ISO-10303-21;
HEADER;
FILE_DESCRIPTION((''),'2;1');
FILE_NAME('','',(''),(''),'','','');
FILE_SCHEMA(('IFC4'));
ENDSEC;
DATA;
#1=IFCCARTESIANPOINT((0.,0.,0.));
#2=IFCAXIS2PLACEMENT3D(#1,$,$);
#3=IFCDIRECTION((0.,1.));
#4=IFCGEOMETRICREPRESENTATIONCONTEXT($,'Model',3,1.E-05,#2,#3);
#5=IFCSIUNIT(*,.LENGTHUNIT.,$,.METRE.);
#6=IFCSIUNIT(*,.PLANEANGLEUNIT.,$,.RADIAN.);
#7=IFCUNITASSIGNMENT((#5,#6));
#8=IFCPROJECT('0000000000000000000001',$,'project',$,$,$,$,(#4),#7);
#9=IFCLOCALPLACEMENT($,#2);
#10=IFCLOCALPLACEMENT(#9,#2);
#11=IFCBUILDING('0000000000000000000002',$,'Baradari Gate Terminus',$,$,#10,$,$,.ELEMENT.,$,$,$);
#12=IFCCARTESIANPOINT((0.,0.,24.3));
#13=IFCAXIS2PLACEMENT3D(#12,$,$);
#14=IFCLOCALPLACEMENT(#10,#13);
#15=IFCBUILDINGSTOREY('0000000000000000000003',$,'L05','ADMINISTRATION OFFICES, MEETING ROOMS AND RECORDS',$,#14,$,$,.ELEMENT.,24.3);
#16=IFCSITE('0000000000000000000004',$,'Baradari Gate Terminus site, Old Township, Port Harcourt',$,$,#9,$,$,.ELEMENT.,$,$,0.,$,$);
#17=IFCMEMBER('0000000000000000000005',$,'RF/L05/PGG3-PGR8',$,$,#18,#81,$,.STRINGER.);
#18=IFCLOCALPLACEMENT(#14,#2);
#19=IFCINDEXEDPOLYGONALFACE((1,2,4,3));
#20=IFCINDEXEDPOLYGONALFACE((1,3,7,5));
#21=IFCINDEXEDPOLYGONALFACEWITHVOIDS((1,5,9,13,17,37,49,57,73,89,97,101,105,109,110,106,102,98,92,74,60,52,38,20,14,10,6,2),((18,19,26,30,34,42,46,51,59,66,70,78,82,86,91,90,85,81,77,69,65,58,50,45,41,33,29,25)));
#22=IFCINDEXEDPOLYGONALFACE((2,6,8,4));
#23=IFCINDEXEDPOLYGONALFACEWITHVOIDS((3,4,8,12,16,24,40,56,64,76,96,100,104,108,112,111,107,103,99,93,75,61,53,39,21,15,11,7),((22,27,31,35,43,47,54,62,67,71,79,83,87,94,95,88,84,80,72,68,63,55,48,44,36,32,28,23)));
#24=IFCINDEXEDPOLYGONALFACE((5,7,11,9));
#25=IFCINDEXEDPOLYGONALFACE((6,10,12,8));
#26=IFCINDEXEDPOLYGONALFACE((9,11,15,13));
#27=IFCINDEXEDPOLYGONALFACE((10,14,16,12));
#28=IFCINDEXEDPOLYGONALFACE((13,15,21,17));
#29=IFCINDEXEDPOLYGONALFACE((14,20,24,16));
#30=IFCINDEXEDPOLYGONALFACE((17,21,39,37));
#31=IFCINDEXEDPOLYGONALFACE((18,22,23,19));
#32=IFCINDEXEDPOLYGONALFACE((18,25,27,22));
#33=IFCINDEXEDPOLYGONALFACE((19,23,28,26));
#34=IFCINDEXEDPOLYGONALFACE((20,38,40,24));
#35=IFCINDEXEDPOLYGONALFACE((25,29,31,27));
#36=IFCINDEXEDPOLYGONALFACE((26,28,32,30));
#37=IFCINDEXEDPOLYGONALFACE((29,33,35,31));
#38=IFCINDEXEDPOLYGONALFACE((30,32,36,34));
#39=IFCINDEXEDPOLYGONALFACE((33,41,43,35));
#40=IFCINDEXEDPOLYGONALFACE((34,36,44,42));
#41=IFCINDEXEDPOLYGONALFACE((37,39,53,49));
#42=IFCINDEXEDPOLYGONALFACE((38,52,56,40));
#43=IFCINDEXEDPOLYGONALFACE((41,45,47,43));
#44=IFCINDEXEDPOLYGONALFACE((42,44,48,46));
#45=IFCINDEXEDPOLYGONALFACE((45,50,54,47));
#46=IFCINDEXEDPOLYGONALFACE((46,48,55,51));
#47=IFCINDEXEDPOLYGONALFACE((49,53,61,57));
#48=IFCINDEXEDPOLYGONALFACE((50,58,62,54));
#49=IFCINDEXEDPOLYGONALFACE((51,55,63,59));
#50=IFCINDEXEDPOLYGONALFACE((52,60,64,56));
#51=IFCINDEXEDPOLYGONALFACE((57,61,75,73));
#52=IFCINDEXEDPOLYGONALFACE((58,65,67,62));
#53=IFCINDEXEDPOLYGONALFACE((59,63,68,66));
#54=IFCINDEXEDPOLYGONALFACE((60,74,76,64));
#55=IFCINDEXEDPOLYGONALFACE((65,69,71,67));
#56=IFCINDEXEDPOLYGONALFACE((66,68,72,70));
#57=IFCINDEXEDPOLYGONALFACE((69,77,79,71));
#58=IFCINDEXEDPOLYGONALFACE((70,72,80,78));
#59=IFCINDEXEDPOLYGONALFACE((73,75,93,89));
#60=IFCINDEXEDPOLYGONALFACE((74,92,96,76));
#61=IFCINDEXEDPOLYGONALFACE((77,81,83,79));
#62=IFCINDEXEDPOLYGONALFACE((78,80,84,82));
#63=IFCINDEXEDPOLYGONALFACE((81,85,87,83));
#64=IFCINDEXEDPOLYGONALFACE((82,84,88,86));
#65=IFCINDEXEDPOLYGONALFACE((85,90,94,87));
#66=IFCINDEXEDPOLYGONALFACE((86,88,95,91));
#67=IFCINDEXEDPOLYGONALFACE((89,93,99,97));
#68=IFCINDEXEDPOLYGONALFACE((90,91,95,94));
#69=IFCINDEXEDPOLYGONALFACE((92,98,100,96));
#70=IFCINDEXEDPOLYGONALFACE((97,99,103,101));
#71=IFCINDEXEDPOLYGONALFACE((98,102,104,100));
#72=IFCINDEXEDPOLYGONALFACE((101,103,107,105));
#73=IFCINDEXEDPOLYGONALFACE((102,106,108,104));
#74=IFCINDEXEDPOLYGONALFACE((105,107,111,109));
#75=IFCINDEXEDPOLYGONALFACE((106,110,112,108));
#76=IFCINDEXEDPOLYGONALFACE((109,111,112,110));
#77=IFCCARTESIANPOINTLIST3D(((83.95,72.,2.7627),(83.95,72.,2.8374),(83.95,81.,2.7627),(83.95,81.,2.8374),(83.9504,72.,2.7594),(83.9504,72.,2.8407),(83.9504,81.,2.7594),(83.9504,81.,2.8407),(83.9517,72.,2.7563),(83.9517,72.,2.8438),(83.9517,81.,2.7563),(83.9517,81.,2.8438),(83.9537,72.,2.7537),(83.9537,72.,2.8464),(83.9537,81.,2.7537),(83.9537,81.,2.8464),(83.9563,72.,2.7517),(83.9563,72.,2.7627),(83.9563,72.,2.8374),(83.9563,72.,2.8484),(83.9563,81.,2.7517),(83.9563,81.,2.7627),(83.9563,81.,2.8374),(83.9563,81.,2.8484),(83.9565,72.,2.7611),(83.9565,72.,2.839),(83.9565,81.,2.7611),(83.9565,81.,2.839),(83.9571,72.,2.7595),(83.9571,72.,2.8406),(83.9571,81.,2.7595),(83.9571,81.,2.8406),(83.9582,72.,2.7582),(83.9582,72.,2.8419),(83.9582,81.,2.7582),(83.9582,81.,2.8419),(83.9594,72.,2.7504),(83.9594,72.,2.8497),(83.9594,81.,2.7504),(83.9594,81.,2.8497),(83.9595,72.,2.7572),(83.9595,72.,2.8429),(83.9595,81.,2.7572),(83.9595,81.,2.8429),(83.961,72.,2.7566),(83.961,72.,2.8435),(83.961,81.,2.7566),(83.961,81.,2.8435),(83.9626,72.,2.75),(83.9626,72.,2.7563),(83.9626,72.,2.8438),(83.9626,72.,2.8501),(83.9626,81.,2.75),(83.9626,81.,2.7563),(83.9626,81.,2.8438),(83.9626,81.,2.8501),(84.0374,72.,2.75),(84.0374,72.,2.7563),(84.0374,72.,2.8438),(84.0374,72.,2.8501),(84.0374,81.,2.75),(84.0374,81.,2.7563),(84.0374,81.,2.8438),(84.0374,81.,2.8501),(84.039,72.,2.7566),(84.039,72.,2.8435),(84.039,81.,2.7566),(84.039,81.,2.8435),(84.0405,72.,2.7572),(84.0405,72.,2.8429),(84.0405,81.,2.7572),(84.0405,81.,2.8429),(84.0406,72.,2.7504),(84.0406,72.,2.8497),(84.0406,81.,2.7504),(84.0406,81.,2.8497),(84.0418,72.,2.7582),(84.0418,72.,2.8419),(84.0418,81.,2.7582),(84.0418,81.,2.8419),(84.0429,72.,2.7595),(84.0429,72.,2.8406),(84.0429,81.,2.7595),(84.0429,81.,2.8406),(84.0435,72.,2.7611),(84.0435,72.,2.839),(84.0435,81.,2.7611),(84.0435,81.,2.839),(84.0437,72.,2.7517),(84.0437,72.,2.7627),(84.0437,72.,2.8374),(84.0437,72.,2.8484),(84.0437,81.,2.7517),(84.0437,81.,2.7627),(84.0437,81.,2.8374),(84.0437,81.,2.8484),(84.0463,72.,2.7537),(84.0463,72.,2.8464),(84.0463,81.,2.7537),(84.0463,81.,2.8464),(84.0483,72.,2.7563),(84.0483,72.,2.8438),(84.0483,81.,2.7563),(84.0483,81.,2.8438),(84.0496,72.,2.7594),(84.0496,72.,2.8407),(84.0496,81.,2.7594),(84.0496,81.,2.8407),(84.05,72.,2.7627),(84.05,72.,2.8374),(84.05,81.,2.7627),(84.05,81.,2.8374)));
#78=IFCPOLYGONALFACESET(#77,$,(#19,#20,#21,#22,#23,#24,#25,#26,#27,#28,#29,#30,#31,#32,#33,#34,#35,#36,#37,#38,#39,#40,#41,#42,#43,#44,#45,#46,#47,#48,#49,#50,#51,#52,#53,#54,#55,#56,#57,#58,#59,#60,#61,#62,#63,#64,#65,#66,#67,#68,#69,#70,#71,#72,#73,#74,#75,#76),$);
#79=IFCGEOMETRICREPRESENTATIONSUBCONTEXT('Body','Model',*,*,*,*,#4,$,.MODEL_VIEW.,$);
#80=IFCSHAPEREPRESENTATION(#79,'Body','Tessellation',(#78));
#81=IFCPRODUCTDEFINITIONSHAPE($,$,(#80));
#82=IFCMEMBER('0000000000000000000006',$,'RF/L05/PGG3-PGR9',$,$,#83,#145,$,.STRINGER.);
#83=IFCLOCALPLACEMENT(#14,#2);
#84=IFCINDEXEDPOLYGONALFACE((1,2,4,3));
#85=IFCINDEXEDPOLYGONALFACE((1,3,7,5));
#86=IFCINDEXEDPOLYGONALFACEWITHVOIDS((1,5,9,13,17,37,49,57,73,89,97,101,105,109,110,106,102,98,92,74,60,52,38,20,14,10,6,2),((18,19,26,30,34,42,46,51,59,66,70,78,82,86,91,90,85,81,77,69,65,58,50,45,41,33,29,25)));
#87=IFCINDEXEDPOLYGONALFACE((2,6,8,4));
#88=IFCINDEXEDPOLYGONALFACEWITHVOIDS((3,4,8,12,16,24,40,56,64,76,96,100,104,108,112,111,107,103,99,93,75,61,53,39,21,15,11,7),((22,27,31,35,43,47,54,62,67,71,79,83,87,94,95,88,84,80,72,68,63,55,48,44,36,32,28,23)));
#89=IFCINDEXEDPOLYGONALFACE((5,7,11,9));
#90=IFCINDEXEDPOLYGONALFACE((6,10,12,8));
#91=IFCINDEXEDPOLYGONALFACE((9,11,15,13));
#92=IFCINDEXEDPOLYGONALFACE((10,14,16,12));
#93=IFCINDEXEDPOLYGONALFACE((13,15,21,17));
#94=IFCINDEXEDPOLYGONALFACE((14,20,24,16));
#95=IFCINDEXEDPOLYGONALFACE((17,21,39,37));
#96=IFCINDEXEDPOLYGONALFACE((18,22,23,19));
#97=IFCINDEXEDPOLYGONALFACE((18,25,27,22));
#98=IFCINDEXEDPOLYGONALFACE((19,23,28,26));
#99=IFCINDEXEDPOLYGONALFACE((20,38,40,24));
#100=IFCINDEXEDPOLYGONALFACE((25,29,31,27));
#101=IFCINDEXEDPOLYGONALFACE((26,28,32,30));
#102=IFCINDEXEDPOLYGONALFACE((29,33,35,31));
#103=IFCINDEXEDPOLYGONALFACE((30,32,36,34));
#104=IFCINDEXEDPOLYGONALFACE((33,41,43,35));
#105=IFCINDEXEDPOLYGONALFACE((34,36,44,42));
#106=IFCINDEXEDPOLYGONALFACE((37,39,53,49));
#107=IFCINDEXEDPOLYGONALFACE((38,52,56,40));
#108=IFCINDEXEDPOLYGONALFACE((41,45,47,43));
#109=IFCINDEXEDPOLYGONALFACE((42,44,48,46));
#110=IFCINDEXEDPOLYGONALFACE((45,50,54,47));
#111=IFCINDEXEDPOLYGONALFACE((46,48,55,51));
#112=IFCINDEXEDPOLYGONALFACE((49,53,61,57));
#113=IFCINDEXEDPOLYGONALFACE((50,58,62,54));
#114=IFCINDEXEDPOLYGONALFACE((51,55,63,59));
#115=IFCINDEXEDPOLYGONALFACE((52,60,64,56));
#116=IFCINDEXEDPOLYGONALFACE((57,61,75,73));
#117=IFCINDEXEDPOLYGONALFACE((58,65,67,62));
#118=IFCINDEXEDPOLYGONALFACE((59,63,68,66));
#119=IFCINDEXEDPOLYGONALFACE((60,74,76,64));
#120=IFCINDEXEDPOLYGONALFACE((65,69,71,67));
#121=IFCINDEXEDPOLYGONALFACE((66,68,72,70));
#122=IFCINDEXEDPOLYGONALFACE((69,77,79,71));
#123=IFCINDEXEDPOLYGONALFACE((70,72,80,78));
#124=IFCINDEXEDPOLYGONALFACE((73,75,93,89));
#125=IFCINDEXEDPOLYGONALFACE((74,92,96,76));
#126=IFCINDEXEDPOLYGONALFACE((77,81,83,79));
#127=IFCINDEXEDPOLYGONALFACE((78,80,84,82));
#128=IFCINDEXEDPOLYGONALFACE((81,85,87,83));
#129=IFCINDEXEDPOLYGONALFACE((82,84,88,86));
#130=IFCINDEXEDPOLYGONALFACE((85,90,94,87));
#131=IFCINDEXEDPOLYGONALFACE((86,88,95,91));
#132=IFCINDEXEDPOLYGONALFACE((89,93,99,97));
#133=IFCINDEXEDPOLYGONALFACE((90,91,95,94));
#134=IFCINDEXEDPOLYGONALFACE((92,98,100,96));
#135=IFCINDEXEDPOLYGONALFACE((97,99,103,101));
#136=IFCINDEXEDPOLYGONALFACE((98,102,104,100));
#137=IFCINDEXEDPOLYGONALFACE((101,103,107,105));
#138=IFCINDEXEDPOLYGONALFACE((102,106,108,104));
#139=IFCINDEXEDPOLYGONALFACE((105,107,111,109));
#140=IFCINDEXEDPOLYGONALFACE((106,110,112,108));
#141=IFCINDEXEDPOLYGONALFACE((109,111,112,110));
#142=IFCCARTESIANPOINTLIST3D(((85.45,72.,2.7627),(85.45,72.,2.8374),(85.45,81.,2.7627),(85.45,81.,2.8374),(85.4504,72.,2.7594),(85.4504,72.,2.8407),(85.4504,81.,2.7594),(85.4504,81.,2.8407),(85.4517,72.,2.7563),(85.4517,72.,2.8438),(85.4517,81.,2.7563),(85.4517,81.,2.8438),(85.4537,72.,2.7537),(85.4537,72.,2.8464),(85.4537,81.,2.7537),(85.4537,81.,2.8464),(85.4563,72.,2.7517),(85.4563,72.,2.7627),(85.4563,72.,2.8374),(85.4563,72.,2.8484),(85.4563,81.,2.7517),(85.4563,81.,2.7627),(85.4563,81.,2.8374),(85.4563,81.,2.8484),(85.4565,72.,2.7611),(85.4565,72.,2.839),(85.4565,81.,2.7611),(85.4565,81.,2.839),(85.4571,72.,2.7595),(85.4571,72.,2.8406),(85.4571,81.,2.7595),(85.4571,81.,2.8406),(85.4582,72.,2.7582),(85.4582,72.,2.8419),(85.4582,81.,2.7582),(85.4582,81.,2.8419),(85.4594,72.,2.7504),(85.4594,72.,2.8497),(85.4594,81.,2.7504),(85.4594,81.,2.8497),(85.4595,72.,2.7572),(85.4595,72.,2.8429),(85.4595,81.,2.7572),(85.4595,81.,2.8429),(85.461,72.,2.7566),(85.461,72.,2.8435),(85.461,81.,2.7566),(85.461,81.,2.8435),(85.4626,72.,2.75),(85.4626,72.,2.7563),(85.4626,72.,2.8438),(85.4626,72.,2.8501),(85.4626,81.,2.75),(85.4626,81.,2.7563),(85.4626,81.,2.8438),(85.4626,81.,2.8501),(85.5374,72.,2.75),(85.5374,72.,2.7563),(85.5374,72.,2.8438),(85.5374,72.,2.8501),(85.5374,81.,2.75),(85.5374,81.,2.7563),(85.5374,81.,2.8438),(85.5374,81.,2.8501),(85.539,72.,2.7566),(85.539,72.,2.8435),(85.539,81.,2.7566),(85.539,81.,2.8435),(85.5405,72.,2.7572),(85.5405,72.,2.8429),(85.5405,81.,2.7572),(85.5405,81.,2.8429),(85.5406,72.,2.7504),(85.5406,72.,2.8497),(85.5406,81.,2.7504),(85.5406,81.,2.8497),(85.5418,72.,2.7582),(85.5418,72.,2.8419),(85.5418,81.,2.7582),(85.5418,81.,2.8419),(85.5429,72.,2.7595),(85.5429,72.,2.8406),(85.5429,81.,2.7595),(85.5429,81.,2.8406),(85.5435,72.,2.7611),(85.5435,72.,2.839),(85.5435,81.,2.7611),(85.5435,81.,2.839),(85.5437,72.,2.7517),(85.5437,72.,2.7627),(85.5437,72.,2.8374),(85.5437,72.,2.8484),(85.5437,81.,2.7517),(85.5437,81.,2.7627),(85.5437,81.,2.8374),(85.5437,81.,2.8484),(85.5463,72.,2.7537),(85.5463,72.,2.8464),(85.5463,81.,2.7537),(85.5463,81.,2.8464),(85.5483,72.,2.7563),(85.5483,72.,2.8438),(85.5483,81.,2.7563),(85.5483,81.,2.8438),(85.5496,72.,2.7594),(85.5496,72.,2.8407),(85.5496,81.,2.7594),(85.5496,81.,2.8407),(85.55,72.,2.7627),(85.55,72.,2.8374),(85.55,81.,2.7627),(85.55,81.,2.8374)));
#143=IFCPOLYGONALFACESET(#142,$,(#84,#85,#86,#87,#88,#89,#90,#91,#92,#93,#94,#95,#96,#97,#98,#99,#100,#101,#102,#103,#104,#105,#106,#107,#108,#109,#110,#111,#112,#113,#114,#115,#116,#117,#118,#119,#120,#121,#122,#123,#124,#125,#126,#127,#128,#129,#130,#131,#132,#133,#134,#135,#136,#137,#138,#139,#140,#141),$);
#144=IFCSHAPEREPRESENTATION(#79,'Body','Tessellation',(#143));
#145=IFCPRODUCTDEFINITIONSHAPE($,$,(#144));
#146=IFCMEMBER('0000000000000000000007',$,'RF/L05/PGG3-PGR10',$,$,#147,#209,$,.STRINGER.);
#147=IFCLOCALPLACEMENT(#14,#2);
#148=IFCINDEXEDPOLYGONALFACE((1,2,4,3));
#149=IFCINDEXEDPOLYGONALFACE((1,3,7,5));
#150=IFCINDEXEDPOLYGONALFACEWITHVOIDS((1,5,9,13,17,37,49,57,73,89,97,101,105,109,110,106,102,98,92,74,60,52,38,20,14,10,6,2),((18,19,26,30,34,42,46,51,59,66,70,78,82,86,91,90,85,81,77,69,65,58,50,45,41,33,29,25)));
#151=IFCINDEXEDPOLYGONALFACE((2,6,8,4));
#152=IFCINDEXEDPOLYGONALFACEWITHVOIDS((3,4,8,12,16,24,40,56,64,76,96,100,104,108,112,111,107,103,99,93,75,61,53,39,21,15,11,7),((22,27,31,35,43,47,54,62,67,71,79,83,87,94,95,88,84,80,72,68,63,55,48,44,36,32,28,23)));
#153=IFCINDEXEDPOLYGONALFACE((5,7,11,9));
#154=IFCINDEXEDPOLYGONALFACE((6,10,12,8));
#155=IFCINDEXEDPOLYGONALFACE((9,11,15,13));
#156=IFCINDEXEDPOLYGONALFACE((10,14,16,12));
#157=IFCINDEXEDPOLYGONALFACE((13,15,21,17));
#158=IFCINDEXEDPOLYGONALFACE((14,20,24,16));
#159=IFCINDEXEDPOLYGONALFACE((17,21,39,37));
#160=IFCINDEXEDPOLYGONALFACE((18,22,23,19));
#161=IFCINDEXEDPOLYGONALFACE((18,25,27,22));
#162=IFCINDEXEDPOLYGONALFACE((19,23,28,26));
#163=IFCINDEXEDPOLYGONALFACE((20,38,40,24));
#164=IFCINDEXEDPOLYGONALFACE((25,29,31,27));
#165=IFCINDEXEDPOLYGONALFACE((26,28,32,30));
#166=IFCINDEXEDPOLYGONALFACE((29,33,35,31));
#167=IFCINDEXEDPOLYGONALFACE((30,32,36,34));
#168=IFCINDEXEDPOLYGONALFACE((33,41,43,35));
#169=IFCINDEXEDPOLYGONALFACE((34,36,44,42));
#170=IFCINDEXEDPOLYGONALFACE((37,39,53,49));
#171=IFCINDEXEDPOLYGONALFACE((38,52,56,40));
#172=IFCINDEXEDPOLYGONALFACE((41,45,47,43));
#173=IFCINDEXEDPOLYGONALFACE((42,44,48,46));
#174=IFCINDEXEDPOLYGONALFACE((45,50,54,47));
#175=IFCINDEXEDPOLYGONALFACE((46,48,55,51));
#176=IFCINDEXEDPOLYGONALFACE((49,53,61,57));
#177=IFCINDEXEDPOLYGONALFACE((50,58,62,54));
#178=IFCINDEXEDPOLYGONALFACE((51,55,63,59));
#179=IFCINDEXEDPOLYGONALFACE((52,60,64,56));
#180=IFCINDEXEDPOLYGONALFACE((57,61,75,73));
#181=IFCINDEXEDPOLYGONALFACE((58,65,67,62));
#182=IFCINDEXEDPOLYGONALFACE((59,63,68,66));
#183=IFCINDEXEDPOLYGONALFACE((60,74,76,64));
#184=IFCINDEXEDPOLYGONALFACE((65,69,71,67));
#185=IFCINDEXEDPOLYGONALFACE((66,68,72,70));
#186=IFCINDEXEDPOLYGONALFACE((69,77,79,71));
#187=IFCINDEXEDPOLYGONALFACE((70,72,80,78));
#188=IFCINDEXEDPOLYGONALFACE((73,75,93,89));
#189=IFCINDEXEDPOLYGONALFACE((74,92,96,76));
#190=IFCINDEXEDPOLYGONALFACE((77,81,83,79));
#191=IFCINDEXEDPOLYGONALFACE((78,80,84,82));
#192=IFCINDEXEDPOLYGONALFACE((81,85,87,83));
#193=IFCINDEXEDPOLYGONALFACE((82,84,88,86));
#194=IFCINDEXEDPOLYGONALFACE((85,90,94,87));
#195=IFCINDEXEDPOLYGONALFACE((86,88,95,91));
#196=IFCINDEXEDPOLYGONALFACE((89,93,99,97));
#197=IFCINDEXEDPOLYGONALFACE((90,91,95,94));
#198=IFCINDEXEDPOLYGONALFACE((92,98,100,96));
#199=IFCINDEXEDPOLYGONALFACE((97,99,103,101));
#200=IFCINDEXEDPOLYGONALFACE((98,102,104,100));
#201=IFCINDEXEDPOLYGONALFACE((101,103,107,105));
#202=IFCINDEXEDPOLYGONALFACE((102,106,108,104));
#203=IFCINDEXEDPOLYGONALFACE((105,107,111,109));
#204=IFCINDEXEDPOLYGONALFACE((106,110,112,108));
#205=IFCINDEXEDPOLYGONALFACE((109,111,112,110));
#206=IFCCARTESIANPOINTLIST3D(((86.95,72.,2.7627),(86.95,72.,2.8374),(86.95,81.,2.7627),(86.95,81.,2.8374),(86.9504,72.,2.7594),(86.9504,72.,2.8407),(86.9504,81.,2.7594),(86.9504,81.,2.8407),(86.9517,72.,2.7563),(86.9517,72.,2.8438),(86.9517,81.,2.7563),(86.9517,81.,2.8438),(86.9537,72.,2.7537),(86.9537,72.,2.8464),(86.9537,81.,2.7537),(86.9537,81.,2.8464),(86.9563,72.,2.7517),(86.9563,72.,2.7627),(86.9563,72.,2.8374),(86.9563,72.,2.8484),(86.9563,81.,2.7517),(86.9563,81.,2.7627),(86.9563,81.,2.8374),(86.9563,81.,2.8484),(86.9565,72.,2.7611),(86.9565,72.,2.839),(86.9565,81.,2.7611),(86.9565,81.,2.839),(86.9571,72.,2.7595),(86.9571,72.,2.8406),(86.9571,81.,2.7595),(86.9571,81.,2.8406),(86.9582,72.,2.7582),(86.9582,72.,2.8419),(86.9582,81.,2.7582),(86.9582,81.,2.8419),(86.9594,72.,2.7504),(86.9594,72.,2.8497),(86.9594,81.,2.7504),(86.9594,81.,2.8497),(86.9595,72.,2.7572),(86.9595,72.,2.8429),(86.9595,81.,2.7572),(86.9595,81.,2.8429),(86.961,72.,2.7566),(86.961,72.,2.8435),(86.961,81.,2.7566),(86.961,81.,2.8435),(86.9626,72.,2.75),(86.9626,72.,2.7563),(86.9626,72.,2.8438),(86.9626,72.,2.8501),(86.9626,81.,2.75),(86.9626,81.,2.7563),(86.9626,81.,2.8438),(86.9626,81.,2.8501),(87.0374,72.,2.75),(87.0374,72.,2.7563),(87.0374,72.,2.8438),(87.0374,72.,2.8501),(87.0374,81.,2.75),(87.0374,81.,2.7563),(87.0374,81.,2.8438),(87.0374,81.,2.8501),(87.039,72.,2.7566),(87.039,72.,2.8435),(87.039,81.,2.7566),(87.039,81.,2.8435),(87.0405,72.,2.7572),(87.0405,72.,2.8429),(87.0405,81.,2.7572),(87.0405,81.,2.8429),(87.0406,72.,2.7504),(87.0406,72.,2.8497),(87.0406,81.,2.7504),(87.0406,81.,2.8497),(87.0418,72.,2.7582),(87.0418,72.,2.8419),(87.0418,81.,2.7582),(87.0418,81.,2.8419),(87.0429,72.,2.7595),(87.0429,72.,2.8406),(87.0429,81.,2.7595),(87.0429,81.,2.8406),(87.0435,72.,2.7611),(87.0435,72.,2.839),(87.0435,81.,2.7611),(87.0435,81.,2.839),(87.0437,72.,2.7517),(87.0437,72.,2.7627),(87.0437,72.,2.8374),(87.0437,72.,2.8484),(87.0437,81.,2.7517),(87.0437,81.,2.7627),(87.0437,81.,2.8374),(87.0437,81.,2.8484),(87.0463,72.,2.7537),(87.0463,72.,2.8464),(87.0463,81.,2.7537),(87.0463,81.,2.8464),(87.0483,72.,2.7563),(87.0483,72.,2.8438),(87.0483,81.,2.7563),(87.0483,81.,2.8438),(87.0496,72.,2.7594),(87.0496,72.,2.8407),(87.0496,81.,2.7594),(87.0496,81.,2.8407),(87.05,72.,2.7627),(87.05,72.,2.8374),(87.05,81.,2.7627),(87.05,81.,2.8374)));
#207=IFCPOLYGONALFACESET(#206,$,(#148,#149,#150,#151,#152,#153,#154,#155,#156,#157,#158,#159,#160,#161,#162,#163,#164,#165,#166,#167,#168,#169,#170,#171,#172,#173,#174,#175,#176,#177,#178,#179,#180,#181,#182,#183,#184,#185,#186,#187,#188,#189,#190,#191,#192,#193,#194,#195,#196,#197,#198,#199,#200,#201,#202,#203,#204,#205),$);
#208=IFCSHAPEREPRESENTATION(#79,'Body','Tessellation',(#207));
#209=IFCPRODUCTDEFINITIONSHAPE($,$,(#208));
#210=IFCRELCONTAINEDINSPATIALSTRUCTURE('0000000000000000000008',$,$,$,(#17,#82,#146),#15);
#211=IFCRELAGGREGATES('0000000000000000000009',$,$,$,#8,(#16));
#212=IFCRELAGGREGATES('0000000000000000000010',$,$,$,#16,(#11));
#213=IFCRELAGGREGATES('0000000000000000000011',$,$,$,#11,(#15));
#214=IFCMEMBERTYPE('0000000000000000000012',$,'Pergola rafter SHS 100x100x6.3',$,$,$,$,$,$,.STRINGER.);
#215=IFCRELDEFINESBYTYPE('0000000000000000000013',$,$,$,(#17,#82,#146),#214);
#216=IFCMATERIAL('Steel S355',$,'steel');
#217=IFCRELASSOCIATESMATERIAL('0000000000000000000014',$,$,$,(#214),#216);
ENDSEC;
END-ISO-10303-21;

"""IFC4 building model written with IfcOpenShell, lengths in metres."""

from ifc_helpers import new_model, si_unit, direction, frame, origin, origin_2d, place, context, subcontext, project, spatial, hollow_rectangle, extrude, material, material_profile, profile_set, type_object, element, save


model = new_model("IFC4")

# Units and contexts
model_context = context("Model", 3, precision=1e-05, world=origin(), true_north=direction((0.0, 1.0)))
body_context = subcontext(model_context, "Body", "Model", "MODEL_VIEW")
ifc_project = project(units=[si_unit("LENGTHUNIT", "METRE"), si_unit("PLANEANGLEUNIT", "RADIAN")], contexts=[model_context])

# Site, building, storey
site_placement = place(None, origin())
site = spatial("IfcSite", under=ifc_project, at=site_placement, Name="Baradari Gate Terminus site, Old Township, Port Harcourt", CompositionType="ELEMENT", RefElevation=0.0)
building_placement = place(site_placement, origin())
building = spatial("IfcBuilding", under=site, at=building_placement, Name="Baradari Gate Terminus", CompositionType="ELEMENT")
storey_placement = place(building_placement, frame((0.0, 0.0, 24.3)))
storey = spatial("IfcBuildingStorey", under=building, at=storey_placement, Name="L05", Description="ADMINISTRATION OFFICES, MEETING ROOMS AND RECORDS", CompositionType="ELEMENT", Elevation=24.3)

# Members
ifc_material_1 = material(Name="Steel S355", Category="steel")
ifc_material_profile_1 = material_profile(ifc_material_1, hollow_rectangle(XDim=0.1001, YDim=0.1001, WallThickness=0.0063, InnerFilletRadius=0.0063, OuterFilletRadius=0.0127, at=origin_2d()), Name="SHS 100x100x6.3")
ifc_profile_set_1 = profile_set([ifc_material_profile_1], Name="Steel S355")
member_type = type_object("IfcMemberType", Name="Pergola rafter SHS 100x100x6.3", PredefinedType="STRINGER", material=ifc_profile_set_1)
for number, where, z_axis, x_axis, name in (
    (1, (84.0, 72.0, 2.8), (0.0, 1.0, 0.0), (-1.0, 0.0, 0.0), "RF/L05/PGG3-PGR8"),
    (2, (85.5, 72.0, 2.8), (0.0, 1.0, 0.0), (-1.0, 0.0, 0.0), "RF/L05/PGG3-PGR9"),
    (3, (87.0, 72.0, 2.8), (0.0, 1.0, 0.0), (-1.0, 0.0, 0.0), "RF/L05/PGG3-PGR10"),
):
    element("IfcMember", number, at=place(storey_placement, frame(where, z_axis=z_axis, x_axis=x_axis)), inside=storey, type_object=member_type, Name=name, PredefinedType="STRINGER", context=body_context, shape_type="SweptSolid", body=[
        extrude(hollow_rectangle(XDim=0.1001, YDim=0.1001, WallThickness=0.0063, InnerFilletRadius=0.0063, OuterFilletRadius=0.0127, at=origin_2d()), origin(), (0.0, 0.0, 1.0), 9.0),
    ])

save(model, "model.ifc")
